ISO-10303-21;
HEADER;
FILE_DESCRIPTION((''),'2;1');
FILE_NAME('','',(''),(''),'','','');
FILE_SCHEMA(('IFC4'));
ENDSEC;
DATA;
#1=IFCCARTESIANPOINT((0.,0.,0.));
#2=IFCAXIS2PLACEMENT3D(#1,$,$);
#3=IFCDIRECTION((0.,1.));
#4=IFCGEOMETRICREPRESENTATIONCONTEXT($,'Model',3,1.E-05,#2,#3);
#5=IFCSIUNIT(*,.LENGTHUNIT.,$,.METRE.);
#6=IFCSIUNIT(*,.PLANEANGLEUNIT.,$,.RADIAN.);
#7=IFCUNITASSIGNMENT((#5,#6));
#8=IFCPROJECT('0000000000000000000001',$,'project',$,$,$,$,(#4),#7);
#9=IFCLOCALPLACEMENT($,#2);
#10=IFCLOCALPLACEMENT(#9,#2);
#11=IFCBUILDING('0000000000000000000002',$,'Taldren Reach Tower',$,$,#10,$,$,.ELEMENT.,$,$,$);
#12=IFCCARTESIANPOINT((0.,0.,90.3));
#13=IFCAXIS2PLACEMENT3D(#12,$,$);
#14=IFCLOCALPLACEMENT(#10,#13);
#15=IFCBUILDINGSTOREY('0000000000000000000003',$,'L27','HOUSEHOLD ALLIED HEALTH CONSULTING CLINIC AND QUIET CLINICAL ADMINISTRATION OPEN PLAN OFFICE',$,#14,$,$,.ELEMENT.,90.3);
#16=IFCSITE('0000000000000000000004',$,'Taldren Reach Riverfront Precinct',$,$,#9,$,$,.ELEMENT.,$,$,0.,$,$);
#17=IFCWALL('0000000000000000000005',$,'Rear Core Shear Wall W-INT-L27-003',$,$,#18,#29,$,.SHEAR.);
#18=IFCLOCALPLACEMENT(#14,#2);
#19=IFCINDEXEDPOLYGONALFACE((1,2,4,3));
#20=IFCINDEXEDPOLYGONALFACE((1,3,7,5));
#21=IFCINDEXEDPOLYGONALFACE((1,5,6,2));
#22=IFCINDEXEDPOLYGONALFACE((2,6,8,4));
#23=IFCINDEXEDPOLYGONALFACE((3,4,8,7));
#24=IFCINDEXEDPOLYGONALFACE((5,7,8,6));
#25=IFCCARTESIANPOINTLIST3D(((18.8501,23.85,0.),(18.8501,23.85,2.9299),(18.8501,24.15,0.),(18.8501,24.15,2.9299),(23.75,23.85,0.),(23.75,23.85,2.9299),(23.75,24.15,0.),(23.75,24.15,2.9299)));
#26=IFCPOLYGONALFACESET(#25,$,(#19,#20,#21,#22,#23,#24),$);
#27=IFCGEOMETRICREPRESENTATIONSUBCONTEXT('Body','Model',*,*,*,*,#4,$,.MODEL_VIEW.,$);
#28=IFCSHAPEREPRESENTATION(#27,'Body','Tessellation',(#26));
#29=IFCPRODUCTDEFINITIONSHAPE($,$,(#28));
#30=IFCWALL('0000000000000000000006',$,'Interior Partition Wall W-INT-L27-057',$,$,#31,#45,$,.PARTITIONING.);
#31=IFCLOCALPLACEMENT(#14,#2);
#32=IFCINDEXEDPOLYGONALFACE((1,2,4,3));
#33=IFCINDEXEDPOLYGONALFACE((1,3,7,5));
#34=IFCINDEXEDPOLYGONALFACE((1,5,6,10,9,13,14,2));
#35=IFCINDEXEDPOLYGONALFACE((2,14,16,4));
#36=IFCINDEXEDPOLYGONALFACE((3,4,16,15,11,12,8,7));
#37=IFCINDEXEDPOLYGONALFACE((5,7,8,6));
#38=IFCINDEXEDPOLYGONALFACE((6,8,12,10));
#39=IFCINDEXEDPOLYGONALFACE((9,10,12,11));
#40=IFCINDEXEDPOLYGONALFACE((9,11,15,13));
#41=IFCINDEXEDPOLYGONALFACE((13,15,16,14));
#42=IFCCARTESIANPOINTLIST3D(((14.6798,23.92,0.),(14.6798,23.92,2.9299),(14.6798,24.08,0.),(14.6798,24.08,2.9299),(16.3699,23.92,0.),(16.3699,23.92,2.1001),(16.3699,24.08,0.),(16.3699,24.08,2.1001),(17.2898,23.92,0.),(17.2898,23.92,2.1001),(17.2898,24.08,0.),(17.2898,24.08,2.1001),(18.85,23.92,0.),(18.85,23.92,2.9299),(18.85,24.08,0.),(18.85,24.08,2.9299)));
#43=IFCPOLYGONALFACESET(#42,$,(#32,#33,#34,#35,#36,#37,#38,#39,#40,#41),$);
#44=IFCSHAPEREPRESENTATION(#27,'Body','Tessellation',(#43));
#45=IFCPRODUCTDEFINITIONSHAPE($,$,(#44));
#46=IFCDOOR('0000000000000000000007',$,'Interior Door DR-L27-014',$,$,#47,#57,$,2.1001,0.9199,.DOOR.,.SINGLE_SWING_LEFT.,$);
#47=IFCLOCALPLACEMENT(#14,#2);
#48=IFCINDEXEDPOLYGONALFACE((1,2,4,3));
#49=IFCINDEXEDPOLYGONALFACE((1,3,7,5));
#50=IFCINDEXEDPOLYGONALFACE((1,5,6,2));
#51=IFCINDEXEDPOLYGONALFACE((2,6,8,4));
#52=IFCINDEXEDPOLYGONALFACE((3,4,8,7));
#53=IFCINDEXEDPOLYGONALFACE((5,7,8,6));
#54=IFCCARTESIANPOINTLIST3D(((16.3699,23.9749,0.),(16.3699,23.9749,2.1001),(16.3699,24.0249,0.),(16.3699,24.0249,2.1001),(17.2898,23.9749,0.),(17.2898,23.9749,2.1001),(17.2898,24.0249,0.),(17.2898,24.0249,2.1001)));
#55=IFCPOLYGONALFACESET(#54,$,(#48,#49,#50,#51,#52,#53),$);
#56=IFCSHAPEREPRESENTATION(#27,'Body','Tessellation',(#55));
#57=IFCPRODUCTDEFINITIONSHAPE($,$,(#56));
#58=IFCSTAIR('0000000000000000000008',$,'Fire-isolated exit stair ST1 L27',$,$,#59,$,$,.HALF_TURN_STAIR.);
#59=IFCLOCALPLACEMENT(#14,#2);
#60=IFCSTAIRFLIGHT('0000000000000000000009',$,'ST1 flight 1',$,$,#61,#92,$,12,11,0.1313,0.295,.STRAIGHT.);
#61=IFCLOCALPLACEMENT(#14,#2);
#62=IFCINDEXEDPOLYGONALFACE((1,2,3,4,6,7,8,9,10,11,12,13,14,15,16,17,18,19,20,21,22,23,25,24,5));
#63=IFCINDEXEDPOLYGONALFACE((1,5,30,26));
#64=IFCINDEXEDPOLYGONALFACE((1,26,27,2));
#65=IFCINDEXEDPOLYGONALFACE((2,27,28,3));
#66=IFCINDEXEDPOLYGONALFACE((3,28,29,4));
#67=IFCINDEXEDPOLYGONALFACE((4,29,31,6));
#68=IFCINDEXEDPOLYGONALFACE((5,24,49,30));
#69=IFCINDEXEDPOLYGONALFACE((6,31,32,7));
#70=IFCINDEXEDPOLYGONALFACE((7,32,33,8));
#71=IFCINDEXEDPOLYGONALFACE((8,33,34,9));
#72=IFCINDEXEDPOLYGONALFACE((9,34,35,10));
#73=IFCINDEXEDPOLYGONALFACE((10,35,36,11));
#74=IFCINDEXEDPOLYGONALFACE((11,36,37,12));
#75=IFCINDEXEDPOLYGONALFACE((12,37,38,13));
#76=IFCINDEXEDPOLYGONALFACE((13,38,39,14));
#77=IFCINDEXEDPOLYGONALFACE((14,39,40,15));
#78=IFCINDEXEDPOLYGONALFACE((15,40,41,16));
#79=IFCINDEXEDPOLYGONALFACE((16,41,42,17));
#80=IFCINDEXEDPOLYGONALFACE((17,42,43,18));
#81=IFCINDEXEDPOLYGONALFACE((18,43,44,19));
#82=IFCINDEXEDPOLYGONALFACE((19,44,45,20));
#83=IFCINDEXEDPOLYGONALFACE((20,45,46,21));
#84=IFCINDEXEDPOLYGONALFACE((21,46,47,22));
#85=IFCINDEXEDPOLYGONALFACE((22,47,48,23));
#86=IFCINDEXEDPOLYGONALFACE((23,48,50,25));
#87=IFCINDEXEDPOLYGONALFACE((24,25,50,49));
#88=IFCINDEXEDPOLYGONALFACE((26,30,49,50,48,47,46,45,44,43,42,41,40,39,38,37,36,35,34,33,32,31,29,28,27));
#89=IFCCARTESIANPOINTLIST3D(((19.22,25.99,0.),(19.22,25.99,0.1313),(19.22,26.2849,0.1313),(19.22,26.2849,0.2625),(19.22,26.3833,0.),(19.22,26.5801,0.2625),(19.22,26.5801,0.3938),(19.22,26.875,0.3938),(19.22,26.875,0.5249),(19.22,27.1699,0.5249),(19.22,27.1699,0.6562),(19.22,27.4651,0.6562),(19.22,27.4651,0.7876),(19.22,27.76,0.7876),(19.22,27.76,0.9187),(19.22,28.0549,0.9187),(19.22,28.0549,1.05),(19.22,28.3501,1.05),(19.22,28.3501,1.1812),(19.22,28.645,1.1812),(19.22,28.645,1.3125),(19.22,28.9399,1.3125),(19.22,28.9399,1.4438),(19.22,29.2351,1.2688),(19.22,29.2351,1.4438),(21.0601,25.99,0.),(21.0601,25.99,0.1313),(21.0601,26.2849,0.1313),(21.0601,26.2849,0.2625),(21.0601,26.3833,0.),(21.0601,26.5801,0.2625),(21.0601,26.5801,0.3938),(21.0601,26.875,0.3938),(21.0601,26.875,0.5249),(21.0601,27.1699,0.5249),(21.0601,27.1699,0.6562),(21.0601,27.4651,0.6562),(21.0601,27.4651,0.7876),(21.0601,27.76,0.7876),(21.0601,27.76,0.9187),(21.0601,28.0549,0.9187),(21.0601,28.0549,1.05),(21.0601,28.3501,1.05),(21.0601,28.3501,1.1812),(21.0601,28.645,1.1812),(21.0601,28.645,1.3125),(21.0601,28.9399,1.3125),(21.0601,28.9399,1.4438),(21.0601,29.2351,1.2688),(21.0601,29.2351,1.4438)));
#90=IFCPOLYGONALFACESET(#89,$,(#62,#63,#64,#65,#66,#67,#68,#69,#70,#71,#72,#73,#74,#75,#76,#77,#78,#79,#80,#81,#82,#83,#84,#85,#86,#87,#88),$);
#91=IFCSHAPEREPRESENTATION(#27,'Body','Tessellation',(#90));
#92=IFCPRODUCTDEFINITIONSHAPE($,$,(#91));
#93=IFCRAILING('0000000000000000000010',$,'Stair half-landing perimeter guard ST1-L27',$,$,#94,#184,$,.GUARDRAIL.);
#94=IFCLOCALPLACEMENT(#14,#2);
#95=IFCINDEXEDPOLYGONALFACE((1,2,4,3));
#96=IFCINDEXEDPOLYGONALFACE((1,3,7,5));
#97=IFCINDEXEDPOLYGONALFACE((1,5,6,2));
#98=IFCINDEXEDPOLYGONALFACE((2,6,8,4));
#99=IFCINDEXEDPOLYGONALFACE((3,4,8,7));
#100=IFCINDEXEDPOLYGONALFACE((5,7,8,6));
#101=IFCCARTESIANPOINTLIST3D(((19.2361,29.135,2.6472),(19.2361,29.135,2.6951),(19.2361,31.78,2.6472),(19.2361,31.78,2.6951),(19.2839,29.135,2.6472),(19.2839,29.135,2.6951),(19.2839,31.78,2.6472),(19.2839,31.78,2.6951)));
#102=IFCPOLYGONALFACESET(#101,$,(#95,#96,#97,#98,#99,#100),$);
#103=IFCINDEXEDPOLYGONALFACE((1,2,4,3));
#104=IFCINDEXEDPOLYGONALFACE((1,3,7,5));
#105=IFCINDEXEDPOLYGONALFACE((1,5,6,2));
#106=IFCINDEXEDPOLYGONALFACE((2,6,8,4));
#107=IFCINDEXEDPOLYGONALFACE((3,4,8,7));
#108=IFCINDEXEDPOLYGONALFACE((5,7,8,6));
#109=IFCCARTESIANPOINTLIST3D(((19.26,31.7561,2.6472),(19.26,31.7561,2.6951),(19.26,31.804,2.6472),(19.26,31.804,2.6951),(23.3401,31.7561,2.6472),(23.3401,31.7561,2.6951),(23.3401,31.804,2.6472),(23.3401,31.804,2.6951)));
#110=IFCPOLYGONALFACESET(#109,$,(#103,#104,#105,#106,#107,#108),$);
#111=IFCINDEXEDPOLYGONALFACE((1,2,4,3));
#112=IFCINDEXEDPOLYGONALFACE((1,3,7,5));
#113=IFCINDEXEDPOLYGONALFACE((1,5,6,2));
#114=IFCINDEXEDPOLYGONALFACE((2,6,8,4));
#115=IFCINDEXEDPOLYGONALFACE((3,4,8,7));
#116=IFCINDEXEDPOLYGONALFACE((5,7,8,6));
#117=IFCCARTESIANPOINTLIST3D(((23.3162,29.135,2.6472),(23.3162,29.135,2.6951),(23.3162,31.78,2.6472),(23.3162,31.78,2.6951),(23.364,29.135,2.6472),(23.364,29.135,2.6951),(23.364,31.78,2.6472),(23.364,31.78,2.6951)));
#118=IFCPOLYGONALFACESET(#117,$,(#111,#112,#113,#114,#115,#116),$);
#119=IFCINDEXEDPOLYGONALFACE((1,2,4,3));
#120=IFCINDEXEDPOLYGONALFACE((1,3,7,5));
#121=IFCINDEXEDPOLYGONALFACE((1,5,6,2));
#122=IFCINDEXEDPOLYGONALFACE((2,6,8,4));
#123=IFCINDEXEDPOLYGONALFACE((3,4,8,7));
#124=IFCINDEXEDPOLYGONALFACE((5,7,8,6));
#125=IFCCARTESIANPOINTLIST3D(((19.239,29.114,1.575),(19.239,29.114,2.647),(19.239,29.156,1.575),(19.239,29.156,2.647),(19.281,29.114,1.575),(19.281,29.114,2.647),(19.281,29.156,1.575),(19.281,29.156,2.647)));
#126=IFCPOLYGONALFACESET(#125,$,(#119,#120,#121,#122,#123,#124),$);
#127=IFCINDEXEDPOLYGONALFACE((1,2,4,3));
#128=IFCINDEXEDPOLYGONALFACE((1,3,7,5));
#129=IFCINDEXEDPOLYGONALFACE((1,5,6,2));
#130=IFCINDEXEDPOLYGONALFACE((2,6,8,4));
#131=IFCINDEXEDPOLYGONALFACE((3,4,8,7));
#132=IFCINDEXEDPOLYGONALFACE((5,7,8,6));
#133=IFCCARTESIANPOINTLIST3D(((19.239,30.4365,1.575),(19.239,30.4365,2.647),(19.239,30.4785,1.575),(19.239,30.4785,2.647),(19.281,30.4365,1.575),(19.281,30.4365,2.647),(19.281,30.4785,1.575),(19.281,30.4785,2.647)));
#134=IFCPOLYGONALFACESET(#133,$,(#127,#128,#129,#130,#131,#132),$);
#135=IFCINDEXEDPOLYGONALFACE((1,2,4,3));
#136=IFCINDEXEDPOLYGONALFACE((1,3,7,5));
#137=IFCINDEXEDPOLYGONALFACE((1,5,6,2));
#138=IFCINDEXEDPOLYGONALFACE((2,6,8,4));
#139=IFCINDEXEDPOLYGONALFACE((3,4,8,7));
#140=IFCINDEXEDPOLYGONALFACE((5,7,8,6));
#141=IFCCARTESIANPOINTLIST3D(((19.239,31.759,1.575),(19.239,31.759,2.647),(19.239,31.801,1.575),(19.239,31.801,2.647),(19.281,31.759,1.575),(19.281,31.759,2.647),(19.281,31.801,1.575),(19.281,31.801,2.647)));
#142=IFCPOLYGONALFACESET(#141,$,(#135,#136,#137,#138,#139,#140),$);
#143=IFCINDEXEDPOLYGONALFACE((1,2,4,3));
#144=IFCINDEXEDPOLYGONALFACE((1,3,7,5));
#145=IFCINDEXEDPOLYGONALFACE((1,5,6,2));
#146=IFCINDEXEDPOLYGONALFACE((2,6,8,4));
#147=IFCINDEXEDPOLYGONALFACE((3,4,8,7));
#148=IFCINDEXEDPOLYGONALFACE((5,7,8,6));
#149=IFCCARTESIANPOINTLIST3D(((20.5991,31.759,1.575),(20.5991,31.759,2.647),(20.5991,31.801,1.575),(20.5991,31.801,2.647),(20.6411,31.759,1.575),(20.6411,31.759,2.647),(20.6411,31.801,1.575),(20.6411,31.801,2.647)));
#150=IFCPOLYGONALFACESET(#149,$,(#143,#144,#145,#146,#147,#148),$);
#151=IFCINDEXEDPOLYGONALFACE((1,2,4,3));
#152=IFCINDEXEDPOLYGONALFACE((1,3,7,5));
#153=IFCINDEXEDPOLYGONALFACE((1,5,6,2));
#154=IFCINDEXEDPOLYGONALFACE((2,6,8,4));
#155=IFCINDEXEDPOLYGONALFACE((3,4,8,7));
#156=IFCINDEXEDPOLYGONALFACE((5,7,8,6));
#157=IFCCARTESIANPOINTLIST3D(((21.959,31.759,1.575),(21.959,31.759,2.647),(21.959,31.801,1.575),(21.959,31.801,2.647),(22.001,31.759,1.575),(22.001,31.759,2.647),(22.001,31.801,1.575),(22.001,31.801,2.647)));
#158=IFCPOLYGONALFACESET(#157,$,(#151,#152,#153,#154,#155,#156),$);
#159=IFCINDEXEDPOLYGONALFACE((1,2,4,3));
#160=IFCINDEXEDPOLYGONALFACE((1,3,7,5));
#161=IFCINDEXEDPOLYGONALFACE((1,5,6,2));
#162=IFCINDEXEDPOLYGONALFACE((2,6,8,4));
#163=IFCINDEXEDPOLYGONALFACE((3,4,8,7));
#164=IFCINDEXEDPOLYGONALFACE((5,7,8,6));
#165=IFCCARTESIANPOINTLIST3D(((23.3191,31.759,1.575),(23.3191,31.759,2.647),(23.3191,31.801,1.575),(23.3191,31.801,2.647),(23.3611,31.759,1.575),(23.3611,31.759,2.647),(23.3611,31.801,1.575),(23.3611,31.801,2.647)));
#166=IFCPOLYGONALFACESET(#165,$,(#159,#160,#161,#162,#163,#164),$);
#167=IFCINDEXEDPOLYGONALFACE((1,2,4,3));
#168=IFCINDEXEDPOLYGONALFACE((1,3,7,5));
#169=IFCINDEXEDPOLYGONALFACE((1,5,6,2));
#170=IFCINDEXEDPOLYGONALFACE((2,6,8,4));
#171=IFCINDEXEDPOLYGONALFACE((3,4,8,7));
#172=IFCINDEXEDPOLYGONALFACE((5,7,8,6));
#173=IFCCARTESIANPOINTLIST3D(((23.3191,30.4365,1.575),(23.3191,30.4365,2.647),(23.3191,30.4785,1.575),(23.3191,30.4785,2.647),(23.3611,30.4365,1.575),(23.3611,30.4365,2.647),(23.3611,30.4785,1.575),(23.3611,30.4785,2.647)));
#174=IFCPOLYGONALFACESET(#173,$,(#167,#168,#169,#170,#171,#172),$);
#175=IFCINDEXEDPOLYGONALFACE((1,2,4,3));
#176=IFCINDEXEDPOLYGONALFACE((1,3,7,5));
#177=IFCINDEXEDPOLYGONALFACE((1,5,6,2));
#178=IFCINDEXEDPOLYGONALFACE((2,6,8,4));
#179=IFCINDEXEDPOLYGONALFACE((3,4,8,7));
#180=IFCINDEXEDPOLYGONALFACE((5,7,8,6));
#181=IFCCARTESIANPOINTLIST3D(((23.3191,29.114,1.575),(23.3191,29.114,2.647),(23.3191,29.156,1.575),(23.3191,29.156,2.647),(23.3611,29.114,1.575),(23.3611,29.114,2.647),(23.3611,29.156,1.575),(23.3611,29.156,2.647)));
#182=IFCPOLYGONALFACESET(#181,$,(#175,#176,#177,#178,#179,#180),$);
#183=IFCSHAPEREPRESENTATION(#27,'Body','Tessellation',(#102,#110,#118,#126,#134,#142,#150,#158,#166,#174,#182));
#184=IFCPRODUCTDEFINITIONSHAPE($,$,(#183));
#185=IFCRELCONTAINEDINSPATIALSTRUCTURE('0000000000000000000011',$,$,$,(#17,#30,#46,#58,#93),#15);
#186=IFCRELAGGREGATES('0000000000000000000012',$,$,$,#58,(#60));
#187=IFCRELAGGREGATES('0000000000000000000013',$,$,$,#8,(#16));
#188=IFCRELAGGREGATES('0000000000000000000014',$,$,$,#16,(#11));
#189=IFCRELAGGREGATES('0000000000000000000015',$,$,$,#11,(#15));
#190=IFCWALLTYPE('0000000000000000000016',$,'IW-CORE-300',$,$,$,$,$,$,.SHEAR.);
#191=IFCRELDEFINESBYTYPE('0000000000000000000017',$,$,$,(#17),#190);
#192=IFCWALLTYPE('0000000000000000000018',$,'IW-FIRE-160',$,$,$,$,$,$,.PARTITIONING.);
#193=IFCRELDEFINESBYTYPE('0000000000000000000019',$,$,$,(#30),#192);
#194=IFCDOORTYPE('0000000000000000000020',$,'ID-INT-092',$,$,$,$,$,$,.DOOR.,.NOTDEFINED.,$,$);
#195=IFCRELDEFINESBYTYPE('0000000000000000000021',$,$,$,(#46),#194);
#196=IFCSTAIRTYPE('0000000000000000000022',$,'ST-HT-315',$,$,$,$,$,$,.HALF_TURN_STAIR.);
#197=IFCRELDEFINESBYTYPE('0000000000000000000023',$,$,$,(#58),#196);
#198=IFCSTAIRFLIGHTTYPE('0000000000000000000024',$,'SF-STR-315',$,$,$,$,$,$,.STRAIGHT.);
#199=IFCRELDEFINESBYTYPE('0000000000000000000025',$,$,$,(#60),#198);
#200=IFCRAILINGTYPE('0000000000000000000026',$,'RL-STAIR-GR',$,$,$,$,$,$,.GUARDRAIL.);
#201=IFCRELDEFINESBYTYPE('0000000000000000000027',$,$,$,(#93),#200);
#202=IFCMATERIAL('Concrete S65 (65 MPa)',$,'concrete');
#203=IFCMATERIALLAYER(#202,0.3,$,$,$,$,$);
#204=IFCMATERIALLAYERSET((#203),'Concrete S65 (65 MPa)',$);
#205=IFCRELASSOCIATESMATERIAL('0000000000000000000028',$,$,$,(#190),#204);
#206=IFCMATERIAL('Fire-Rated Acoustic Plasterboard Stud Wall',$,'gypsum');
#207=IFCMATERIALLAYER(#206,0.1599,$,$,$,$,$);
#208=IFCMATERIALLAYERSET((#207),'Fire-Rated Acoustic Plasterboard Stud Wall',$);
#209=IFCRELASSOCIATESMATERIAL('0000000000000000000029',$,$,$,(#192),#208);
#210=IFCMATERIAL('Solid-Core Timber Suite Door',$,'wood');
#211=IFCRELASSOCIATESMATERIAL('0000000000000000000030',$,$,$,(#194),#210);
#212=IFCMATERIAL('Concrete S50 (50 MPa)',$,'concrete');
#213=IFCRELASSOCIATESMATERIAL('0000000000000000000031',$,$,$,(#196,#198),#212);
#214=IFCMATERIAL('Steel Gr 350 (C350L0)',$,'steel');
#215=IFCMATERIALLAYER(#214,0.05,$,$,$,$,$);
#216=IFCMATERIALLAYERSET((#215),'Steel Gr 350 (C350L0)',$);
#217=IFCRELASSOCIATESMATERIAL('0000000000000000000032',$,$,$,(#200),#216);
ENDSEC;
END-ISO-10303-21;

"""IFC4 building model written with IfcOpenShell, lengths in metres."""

from ifc_helpers import new_model, si_unit, direction, frame, frame_2d, origin, origin_2d, place, context, subcontext, project, spatial, polyline, rectangle, outline, extrude, source, transform, mapped, material, layer, layer_set, type_object, element, fill, aggregate, save


model = new_model("IFC4")

# Units and contexts
model_context = context("Model", 3, precision=1e-05, world=origin(), true_north=direction((0.0, 1.0)))
body_context = subcontext(model_context, "Body", "Model", "MODEL_VIEW")
ifc_project = project(units=[si_unit("LENGTHUNIT", "METRE"), si_unit("PLANEANGLEUNIT", "RADIAN")], contexts=[model_context])

# Site, building, storey
site_placement = place(None, origin())
site = spatial("IfcSite", under=ifc_project, at=site_placement, Name="Taldren Reach Riverfront Precinct", CompositionType="ELEMENT", RefElevation=0.0)
building_placement = place(site_placement, origin())
building = spatial("IfcBuilding", under=site, at=building_placement, Name="Taldren Reach Tower", CompositionType="ELEMENT")
storey_placement = place(building_placement, frame((0.0, 0.0, 90.3)))
storey = spatial("IfcBuildingStorey", under=building, at=storey_placement, Name="L27", Description="HOUSEHOLD ALLIED HEALTH CONSULTING CLINIC AND QUIET CLINICAL ADMINISTRATION OPEN PLAN OFFICE", CompositionType="ELEMENT", Elevation=90.3)

# Shared definitions
ifc_material_1 = material(Name="Concrete S65 (65 MPa)", Category="concrete")

# Shared definitions
ifc_material_2 = material(Name="Steel Gr 350 (C350L0)", Category="steel")

# Wall
ifc_layer_1 = layer(ifc_material_1, 0.3)
ifc_layer_set_1 = layer_set([ifc_layer_1], Name="Concrete S65 (65 MPa)")
wall_type_1 = type_object("IfcWallType", Name="IW-CORE-300", PredefinedType="SHEAR", material=ifc_layer_set_1)
shared_shape_1 = source(origin(), body_context, "Body", "SweptSolid", [
    extrude(rectangle(XDim=4.8999, YDim=0.3, at=frame_2d((2.45, 0.0))), origin(), (0.0, 0.0, 1.0), 2.9299),
])
wall_1_placement = place(storey_placement, frame((18.8501, 24.0, 0.0), z_axis=(0.0, 0.0, 1.0), x_axis=(1.0, 0.0, 0.0)))
element("IfcWall", 1, at=wall_1_placement, inside=storey, type_object=wall_type_1, Name="Rear Core Shear Wall W-INT-L27-003", PredefinedType="SHEAR", context=body_context, shape_type="MappedRepresentation", body=[
    mapped(shared_shape_1, transform((0.0, 0.0, 0.0), scale=1.0)),
])

# Wall, opening, door
ifc_material_3 = material(Name="Fire-Rated Acoustic Plasterboard Stud Wall", Category="gypsum")
ifc_layer_2 = layer(ifc_material_3, 0.1599)
ifc_layer_set_2 = layer_set([ifc_layer_2], Name="Fire-Rated Acoustic Plasterboard Stud Wall")
wall_type_2 = type_object("IfcWallType", Name="IW-FIRE-160", PredefinedType="PARTITIONING", material=ifc_layer_set_2)
shared_shape_2 = source(origin(), body_context, "Body", "SweptSolid", [
    extrude(rectangle(XDim=4.1702, YDim=0.1599, at=frame_2d((2.085, 0.0))), origin(), (0.0, 0.0, 1.0), 2.9299),
])
wall_2_placement = place(storey_placement, frame((14.6799, 24.0, 0.0), z_axis=(0.0, 0.0, 1.0), x_axis=(1.0, 0.0, 0.0)))
wall_2 = element("IfcWall", 2, at=wall_2_placement, inside=storey, type_object=wall_type_2, Name="Interior Partition Wall W-INT-L27-057", PredefinedType="PARTITIONING", context=body_context, shape_type="MappedRepresentation", body=[
    mapped(shared_shape_2, transform((0.0, 0.0, 0.0), scale=1.0)),
])
shared_shape_3 = source(origin(), body_context, "Body", "SweptSolid", [
    extrude(rectangle(XDim=0.9199, YDim=2.1001, at=frame_2d((0.46, 1.05))), frame((0.0, 0.0898, 0.0), z_axis=(0.0, -1.0, 0.0), x_axis=(1.0, 0.0, 0.0)), (0.0, 0.0, 1.0), 0.1799),
])
opening_placement = place(wall_2_placement, frame((1.6899, 0.0, 0.0)))
opening = element("IfcOpeningElement", 3, at=opening_placement, cuts=wall_2, PredefinedType="OPENING", context=body_context, shape_type="MappedRepresentation", body=[
    mapped(shared_shape_3, transform((0.0, 0.0, 0.0), scale=1.0)),
])
ifc_material_4 = material(Name="Solid-Core Timber Suite Door", Category="wood")
door_type = type_object("IfcDoorType", Name="ID-INT-092", OperationType="NOTDEFINED", PredefinedType="DOOR", material=ifc_material_4)
shared_shape_4 = source(origin(), body_context, "Body", "SweptSolid", [
    extrude(rectangle(XDim=0.9199, YDim=2.1001, at=frame_2d((0.46, 1.05))), frame((0.0, 0.0249, 0.0), z_axis=(0.0, -1.0, 0.0), x_axis=(1.0, 0.0, 0.0)), (0.0, 0.0, 1.0), 0.05),
])
door_placement = place(opening_placement, origin())
door = element("IfcDoor", 4, at=door_placement, inside=storey, type_object=door_type, Name="Interior Door DR-L27-014", OperationType="SINGLE_SWING_LEFT", OverallHeight=2.1001, OverallWidth=0.9199, PredefinedType="DOOR", context=body_context, shape_type="MappedRepresentation", body=[
    mapped(shared_shape_4, transform((0.0, 0.0, 0.0), scale=1.0)),
])
fill(opening, door)

# Stair, stair flight
ifc_material_5 = material(Name="Concrete S50 (50 MPa)", Category="concrete")
stair_type = type_object("IfcStairType", Name="ST-HT-315", PredefinedType="HALF_TURN_STAIR", material=ifc_material_5)
stair_placement = place(storey_placement, origin())
stair = element("IfcStair", 5, at=stair_placement, inside=storey, type_object=stair_type, Name="Fire-isolated exit stair ST1 L27", PredefinedType="HALF_TURN_STAIR")
stair_flight_type = type_object("IfcStairFlightType", Name="SF-STR-315", PredefinedType="STRAIGHT", material=ifc_material_5)
stair_flight_placement = place(storey_placement, frame((20.1399, 25.99, 0.0), z_axis=(0.0, 0.0, 1.0), x_axis=(0.0, 1.0, 0.0)))
stair_flight = element("IfcStairFlight", 6, at=stair_flight_placement, type_object=stair_flight_type, Name="ST1 flight 1", NumberOfRisers=12, NumberOfTreads=11, PredefinedType="STRAIGHT", RiserHeight=0.1313, TreadLength=0.295, context=body_context, shape_type="SweptSolid", body=[
    extrude(outline(polyline([(0.0, 0.0), (0.0, 0.1313), (0.2949, 0.1313), (0.2949, 0.2625), (0.5901, 0.2625), (0.5901, 0.3938), (0.885, 0.3938), (0.885, 0.5249), (1.1799, 0.5249), (1.1799, 0.6562), (1.4751, 0.6562), (1.4751, 0.7876), (1.77, 0.7876), (1.77, 0.9187), (2.0649, 0.9187), (2.0649, 1.05), (2.3601, 1.05), (2.3601, 1.1812), (2.655, 1.1812), (2.655, 1.3125), (2.95, 1.3125), (2.95, 1.4438), (3.2451, 1.4438), (3.2451, 1.575), (3.2451, 1.2688), (0.3933, 0.0), (0.0, 0.0)])), frame((0.0, 0.9199, 0.0), z_axis=(0.0, -1.0, 0.0), x_axis=(1.0, 0.0, 0.0)), (0.0, 0.0, 1.0), 1.8401),
])
aggregate(stair, [stair_flight])

# Railing
ifc_layer_3 = layer(ifc_material_2, 0.05)
ifc_layer_set_3 = layer_set([ifc_layer_3], Name="Steel Gr 350 (C350L0)")
railing_type_1 = type_object("IfcRailingType", Name="RL-STAIR-GR", PredefinedType="GUARDRAIL", material=ifc_layer_set_3)
railing_1_placement = place(storey_placement, frame((19.26, 29.135, 1.575)))
element("IfcRailing", 7, at=railing_1_placement, inside=storey, type_object=railing_type_1, Name="Stair half-landing perimeter guard ST1-L27", PredefinedType="GUARDRAIL", context=body_context, shape_type="SweptSolid", body=[
    extrude(rectangle(XDim=0.0479, YDim=0.0479, at=origin_2d()), frame((0.0, 0.0, 1.0962), z_axis=(0.0, 1.0, 0.0), x_axis=(-1.0, 0.0, 0.0)), (0.0, 0.0, 1.0), 2.645),
    extrude(rectangle(XDim=0.0479, YDim=0.0479, at=origin_2d()), frame((0.0, 2.645, 1.0962), z_axis=(1.0, 0.0, 0.0), x_axis=(0.0, 1.0, 0.0)), (0.0, 0.0, 1.0), 4.0801),
    extrude(rectangle(XDim=0.0479, YDim=0.0479, at=origin_2d()), frame((4.0801, 2.645, 1.0962), z_axis=(0.0, -1.0, 0.0), x_axis=(1.0, 0.0, 0.0)), (0.0, 0.0, 1.0), 2.645),
    extrude(rectangle(XDim=0.042, YDim=0.042, at=origin_2d()), origin(), (0.0, 0.0, 1.0), 1.072),
    extrude(rectangle(XDim=0.042, YDim=0.042, at=origin_2d()), frame((0.0, 1.3225, 0.0)), (0.0, 0.0, 1.0), 1.072),
    extrude(rectangle(XDim=0.042, YDim=0.042, at=origin_2d()), frame((0.0, 2.645, 0.0)), (0.0, 0.0, 1.0), 1.072),
    extrude(rectangle(XDim=0.042, YDim=0.042, at=origin_2d()), frame((1.3601, 2.645, 0.0)), (0.0, 0.0, 1.0), 1.072),
    extrude(rectangle(XDim=0.042, YDim=0.042, at=origin_2d()), frame((2.72, 2.645, 0.0)), (0.0, 0.0, 1.0), 1.072),
    extrude(rectangle(XDim=0.042, YDim=0.042, at=origin_2d()), frame((4.0801, 2.645, 0.0)), (0.0, 0.0, 1.0), 1.072),
    extrude(rectangle(XDim=0.042, YDim=0.042, at=origin_2d()), frame((4.0801, 1.3225, 0.0)), (0.0, 0.0, 1.0), 1.072),
    extrude(rectangle(XDim=0.042, YDim=0.042, at=origin_2d()), frame((4.0801, 0.0, 0.0)), (0.0, 0.0, 1.0), 1.072),
])

save(model, "model.ifc")
